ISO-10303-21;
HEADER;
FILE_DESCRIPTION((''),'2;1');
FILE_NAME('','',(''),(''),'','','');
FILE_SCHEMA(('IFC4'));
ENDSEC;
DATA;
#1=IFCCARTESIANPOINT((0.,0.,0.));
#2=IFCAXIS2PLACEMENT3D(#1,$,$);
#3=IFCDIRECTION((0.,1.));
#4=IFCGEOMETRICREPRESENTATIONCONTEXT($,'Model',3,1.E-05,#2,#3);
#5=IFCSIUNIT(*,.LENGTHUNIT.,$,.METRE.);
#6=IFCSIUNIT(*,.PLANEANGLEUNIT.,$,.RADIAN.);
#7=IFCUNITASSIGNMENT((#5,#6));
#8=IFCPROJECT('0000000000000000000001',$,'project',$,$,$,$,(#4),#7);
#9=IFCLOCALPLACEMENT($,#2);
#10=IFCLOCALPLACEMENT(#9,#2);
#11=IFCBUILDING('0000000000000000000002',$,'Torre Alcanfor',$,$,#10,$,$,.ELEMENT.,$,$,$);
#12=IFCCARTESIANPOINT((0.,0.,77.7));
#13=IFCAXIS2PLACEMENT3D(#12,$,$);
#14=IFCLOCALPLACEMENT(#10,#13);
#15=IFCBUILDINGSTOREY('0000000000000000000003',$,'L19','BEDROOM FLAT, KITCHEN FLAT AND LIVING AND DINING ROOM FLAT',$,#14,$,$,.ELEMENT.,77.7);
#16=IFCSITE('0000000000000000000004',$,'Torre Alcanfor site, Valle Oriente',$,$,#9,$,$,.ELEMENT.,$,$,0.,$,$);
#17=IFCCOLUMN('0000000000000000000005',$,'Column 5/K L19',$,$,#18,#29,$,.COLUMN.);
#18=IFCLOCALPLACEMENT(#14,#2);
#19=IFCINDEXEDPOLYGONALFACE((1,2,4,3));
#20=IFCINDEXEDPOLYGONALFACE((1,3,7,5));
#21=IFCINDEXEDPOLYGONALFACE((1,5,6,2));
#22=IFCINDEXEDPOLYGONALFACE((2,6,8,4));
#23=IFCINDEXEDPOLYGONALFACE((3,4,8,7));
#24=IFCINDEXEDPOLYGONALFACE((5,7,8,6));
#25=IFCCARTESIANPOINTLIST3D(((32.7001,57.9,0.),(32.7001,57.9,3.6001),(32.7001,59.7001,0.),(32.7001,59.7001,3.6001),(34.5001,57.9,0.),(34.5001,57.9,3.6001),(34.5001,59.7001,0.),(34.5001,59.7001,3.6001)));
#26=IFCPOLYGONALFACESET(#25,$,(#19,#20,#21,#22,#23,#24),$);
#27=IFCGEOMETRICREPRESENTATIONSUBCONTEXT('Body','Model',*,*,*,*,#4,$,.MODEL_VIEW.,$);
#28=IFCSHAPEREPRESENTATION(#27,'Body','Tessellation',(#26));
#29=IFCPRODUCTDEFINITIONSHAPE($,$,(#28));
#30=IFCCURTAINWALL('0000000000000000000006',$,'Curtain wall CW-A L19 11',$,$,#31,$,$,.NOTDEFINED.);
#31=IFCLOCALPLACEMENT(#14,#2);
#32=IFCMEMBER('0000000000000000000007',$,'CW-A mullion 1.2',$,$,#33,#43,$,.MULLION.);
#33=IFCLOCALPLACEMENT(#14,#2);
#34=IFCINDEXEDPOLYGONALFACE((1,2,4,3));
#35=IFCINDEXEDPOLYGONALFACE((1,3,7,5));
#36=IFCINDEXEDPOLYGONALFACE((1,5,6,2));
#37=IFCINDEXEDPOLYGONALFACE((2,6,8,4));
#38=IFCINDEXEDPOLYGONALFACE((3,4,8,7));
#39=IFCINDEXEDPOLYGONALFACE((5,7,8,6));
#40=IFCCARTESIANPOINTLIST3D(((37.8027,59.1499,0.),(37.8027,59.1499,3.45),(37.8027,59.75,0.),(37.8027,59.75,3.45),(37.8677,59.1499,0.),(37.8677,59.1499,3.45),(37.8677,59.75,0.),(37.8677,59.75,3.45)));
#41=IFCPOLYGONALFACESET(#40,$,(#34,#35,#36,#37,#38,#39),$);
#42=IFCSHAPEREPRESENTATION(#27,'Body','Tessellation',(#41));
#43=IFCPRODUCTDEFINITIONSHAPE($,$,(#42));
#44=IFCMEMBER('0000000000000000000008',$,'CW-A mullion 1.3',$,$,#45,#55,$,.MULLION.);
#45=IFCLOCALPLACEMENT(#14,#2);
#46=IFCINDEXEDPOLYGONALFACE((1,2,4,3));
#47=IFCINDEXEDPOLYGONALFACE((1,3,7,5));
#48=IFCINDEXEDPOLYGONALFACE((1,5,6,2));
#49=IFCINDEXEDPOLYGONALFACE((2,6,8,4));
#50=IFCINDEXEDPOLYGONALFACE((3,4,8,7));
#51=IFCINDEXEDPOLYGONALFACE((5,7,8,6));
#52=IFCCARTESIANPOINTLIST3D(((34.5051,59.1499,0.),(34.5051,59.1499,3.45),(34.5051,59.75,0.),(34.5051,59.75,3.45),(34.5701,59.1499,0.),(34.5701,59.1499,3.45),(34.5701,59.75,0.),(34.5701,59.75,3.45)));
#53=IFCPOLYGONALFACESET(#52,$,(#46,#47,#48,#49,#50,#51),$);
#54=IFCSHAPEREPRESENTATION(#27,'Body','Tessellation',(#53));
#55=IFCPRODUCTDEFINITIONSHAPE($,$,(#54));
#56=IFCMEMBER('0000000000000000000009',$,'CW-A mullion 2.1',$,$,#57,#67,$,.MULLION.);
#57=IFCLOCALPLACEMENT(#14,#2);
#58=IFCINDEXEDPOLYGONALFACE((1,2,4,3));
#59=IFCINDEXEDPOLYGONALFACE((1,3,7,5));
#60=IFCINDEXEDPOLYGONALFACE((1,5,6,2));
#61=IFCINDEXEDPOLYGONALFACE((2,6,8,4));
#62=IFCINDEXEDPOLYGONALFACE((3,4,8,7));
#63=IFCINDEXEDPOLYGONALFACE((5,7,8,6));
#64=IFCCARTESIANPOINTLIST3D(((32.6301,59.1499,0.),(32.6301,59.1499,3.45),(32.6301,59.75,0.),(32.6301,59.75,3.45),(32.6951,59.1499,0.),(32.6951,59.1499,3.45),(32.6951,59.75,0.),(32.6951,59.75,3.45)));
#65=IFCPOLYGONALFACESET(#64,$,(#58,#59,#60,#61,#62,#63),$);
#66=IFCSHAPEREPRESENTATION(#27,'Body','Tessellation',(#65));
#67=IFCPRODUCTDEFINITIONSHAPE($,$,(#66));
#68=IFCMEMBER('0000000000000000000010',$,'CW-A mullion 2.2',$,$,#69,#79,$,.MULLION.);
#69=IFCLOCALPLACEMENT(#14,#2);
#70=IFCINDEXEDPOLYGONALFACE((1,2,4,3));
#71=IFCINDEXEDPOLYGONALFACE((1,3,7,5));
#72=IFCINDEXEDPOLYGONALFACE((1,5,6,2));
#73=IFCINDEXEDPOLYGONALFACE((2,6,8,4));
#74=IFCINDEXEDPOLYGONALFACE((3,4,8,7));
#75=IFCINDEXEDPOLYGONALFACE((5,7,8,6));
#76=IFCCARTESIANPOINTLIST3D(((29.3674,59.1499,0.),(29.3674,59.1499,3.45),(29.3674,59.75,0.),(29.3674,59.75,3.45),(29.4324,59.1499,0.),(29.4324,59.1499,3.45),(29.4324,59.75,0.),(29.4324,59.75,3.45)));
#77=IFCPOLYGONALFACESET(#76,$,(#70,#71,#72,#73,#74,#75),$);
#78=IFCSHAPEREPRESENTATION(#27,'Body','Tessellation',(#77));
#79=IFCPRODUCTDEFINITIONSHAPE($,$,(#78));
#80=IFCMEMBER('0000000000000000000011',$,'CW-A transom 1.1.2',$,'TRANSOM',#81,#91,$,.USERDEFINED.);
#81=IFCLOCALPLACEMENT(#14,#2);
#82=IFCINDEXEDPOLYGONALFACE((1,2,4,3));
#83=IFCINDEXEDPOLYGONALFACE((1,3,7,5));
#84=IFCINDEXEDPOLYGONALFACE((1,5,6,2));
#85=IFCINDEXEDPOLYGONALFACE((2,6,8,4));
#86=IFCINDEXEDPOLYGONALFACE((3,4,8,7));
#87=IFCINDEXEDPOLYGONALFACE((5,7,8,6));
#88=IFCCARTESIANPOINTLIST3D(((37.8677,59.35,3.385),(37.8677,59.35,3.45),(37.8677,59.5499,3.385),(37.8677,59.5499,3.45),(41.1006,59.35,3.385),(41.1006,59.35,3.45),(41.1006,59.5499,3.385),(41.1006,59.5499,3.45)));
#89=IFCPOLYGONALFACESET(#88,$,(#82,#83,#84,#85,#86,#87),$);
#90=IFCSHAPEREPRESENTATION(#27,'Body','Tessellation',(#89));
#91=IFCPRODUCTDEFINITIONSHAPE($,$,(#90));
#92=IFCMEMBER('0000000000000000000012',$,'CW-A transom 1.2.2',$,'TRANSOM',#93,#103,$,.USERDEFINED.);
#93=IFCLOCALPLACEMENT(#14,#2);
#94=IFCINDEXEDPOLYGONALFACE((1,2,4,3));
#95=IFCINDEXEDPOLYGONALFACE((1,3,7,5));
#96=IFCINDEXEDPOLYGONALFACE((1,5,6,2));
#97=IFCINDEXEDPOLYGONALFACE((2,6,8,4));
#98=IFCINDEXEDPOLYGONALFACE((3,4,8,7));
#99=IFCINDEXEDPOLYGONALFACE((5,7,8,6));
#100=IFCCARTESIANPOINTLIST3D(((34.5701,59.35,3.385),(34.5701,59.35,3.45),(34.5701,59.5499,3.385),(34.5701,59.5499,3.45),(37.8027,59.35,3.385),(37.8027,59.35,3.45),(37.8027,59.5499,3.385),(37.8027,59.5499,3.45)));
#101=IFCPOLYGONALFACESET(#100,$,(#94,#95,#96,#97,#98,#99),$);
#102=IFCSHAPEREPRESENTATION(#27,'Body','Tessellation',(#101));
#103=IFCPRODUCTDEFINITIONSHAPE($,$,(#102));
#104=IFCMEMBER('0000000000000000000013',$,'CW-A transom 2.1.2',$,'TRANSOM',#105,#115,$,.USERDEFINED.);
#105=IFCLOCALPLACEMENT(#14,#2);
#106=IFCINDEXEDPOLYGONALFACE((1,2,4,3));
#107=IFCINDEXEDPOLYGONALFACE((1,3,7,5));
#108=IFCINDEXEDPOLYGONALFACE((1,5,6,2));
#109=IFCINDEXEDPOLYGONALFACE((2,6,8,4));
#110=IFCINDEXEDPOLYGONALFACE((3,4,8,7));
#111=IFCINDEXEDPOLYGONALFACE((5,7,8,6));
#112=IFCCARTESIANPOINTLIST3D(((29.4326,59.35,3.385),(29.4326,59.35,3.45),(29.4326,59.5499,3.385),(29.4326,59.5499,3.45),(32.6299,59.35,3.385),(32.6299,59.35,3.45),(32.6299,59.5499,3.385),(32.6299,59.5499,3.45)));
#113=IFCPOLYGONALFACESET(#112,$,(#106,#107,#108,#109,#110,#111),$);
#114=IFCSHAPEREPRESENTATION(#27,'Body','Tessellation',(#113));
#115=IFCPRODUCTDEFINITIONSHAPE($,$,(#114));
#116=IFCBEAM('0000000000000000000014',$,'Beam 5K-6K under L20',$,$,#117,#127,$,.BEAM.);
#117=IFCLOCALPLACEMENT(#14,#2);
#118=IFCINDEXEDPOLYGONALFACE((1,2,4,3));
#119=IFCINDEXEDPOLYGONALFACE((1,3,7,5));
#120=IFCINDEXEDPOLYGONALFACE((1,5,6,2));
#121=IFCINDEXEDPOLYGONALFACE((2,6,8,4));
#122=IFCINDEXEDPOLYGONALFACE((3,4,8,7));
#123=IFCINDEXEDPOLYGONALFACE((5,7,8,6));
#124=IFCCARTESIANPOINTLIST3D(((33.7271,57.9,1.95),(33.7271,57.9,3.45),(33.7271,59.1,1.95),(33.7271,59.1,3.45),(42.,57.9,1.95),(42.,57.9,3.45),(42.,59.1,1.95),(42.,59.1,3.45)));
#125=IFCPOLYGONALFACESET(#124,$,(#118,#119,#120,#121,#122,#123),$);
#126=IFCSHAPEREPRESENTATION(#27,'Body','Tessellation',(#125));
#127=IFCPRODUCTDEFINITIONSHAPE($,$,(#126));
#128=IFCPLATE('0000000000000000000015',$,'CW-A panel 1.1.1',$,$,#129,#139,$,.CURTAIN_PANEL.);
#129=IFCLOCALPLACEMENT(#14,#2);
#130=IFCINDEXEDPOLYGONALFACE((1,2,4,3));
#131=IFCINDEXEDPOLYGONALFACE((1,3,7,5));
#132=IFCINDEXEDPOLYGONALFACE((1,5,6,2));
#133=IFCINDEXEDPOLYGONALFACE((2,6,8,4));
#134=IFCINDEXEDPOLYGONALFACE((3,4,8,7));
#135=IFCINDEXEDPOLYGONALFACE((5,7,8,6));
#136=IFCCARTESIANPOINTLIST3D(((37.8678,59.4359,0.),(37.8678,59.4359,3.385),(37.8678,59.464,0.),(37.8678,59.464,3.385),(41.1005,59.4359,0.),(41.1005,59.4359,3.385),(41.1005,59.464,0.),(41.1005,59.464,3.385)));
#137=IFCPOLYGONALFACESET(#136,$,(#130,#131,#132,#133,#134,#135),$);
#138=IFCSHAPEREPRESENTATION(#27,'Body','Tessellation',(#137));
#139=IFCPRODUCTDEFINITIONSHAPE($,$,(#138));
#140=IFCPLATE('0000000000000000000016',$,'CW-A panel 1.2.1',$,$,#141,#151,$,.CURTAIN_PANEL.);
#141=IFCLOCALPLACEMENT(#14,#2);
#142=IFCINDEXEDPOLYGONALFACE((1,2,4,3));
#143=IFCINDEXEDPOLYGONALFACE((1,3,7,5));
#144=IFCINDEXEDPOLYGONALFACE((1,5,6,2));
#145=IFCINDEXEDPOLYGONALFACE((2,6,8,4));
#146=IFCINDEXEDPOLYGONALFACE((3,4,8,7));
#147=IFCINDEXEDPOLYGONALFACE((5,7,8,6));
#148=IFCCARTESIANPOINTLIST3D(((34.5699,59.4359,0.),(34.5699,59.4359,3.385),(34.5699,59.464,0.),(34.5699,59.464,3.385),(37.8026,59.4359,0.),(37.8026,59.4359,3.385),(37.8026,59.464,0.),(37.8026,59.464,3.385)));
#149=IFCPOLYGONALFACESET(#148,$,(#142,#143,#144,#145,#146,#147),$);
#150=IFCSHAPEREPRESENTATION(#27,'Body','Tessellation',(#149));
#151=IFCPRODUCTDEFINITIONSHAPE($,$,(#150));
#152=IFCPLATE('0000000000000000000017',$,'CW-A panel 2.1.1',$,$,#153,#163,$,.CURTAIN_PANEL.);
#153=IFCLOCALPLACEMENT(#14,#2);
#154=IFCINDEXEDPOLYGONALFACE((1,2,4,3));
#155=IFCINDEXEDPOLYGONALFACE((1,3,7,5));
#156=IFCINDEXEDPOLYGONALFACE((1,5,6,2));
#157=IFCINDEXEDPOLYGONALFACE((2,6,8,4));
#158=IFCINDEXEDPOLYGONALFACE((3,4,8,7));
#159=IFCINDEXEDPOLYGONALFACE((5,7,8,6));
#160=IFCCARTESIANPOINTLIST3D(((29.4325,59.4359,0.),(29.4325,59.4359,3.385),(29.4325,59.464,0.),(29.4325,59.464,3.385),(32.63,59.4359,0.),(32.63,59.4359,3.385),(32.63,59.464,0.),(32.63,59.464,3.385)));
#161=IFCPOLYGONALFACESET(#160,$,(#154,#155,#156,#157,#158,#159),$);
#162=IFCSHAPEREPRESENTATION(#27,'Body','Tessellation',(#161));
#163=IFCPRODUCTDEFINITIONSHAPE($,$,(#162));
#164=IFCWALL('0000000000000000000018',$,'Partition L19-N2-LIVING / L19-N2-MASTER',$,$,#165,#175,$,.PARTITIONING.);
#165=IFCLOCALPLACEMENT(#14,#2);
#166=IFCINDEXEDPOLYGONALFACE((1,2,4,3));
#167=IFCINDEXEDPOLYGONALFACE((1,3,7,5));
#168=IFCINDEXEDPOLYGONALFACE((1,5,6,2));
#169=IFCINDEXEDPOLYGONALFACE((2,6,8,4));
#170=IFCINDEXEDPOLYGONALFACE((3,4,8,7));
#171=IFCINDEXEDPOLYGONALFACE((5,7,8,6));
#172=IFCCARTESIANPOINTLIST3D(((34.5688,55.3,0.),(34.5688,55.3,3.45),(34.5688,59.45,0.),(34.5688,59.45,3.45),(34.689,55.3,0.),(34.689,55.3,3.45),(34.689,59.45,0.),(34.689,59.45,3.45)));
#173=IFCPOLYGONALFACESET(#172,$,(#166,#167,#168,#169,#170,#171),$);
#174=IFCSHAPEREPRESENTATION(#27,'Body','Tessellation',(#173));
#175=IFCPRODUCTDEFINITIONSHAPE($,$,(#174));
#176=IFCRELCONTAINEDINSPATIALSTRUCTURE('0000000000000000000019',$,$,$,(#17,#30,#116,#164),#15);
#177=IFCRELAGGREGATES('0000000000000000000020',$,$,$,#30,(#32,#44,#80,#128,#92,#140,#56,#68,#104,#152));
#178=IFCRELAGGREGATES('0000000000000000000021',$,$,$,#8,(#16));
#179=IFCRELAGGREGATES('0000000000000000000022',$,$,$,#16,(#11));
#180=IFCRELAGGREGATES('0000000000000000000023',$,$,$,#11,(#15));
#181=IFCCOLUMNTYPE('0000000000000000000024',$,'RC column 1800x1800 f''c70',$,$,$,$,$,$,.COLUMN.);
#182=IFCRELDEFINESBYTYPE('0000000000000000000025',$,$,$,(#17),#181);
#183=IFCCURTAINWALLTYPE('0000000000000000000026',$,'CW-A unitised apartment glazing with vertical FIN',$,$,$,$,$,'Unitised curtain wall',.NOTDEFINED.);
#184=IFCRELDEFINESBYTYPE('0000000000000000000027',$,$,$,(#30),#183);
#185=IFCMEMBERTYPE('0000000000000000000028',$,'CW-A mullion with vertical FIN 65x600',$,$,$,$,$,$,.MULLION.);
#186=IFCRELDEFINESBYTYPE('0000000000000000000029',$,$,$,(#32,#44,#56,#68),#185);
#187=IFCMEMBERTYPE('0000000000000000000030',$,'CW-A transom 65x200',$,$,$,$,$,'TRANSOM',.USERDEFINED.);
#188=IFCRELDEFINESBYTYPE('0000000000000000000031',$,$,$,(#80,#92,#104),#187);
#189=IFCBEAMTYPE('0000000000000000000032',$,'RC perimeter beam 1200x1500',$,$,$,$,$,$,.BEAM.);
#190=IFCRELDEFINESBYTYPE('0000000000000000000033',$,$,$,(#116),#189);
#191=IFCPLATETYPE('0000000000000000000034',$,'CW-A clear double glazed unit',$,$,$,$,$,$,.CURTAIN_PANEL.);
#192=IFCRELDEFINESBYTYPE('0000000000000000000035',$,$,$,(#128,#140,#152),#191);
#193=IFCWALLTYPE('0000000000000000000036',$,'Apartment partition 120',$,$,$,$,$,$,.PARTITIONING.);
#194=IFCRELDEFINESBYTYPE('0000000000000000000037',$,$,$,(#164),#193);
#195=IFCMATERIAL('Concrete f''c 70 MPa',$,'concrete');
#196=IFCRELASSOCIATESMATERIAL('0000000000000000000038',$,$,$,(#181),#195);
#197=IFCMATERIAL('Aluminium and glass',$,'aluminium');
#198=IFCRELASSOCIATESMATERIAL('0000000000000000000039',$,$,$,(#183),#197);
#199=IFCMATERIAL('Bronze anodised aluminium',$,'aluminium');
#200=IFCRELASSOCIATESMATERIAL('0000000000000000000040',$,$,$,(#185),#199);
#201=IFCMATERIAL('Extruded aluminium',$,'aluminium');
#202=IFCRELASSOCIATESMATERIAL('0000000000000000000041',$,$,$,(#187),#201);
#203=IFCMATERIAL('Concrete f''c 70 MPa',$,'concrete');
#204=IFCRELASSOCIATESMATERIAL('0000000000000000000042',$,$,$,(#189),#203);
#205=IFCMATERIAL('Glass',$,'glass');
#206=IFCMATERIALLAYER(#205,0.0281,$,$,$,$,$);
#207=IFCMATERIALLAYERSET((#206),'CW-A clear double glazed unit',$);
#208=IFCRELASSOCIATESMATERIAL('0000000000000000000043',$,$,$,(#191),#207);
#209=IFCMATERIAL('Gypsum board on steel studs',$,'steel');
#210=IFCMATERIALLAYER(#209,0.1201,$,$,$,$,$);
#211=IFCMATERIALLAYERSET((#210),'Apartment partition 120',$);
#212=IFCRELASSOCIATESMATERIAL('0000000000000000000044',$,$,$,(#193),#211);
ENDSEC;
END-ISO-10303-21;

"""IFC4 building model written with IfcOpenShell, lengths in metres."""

from ifc_helpers import new_model, si_unit, direction, frame, frame_2d, origin, origin_2d, place, context, subcontext, project, spatial, rectangle, extrude, material, layer, layer_set, material_profile, profile_set, type_object, element, aggregate, save


model = new_model("IFC4")

# Units and contexts
model_context = context("Model", 3, precision=1e-05, world=origin(), true_north=direction((0.0, 1.0)))
body_context = subcontext(model_context, "Body", "Model", "MODEL_VIEW")
ifc_project = project(units=[si_unit("LENGTHUNIT", "METRE"), si_unit("PLANEANGLEUNIT", "RADIAN")], contexts=[model_context])

# Site, building, storey
site_placement = place(None, origin())
site = spatial("IfcSite", under=ifc_project, at=site_placement, Name="Torre Alcanfor site, Valle Oriente", CompositionType="ELEMENT", RefElevation=0.0)
building_placement = place(site_placement, origin())
building = spatial("IfcBuilding", under=site, at=building_placement, Name="Torre Alcanfor", CompositionType="ELEMENT")
storey_placement = place(building_placement, frame((0.0, 0.0, 77.7)))
storey = spatial("IfcBuildingStorey", under=building, at=storey_placement, Name="L19", Description="BEDROOM FLAT, KITCHEN FLAT AND LIVING AND DINING ROOM FLAT", CompositionType="ELEMENT", Elevation=77.7)

# Column
ifc_material_1 = material(Name="Concrete f'c 70 MPa", Category="concrete")
ifc_material_profile_1 = material_profile(ifc_material_1, rectangle(XDim=1.8, YDim=1.8, at=origin_2d()), Name="1800x1800")
ifc_profile_set_1 = profile_set([ifc_material_profile_1], Name="Concrete f'c 70 MPa")
column_type = type_object("IfcColumnType", Name="RC column 1800x1800 f'c70", PredefinedType="COLUMN", material=ifc_profile_set_1)
column_placement = place(storey_placement, frame((33.6001, 58.8, 0.0), z_axis=(0.0, 0.0, 1.0), x_axis=(1.0, 0.0, 0.0)))
element("IfcColumn", 1, at=column_placement, inside=storey, type_object=column_type, Name="Column 5/K L19", PredefinedType="COLUMN", context=body_context, shape_type="SweptSolid", body=[
    extrude(rectangle(XDim=1.8, YDim=1.8, at=origin_2d()), origin(), (0.0, 0.0, 1.0), 3.6001),
])

# Curtain wall, members
ifc_material_2 = material(Name="Aluminium and glass", Category="aluminium")
curtain_wall_type = type_object("IfcCurtainWallType", Name="CW-A unitised apartment glazing with vertical FIN", ElementType="Unitised curtain wall", PredefinedType="NOTDEFINED", material=ifc_material_2)
curtain_wall_placement = place(storey_placement, origin())
curtain_wall = element("IfcCurtainWall", 2, at=curtain_wall_placement, inside=storey, type_object=curtain_wall_type, Name="Curtain wall CW-A L19 11", PredefinedType="NOTDEFINED")
ifc_material_3 = material(Name="Bronze anodised aluminium", Category="aluminium")
ifc_material_profile_2 = material_profile(ifc_material_3, rectangle(XDim=0.6001, YDim=0.0649, at=origin_2d()), Name="CW-A mullion 65x600")
ifc_profile_set_2 = profile_set([ifc_material_profile_2], Name="Bronze anodised aluminium")
member_type_1 = type_object("IfcMemberType", Name="CW-A mullion with vertical FIN 65x600", PredefinedType="MULLION", material=ifc_profile_set_2)
member_1_placement = place(storey_placement, frame((37.8352, 59.45, 0.0), z_axis=(0.0, 0.0, 1.0), x_axis=(0.0, -1.0, 0.0)))
member_1 = element("IfcMember", 3, at=member_1_placement, type_object=member_type_1, Name="CW-A mullion 1.2", PredefinedType="MULLION", context=body_context, shape_type="SweptSolid", body=[
    extrude(rectangle(XDim=0.6001, YDim=0.0649, at=origin_2d()), origin(), (0.0, 0.0, 1.0), 3.45),
])
member_2_placement = place(storey_placement, frame((34.5376, 59.45, 0.0), z_axis=(0.0, 0.0, 1.0), x_axis=(0.0, -1.0, 0.0)))
member_2 = element("IfcMember", 4, at=member_2_placement, type_object=member_type_1, Name="CW-A mullion 1.3", PredefinedType="MULLION", context=body_context, shape_type="SweptSolid", body=[
    extrude(rectangle(XDim=0.6001, YDim=0.0649, at=origin_2d()), origin(), (0.0, 0.0, 1.0), 3.45),
])
member_3_placement = place(storey_placement, frame((32.6626, 59.45, 0.0), z_axis=(0.0, 0.0, 1.0), x_axis=(0.0, -1.0, 0.0)))
member_3 = element("IfcMember", 5, at=member_3_placement, type_object=member_type_1, Name="CW-A mullion 2.1", PredefinedType="MULLION", context=body_context, shape_type="SweptSolid", body=[
    extrude(rectangle(XDim=0.6001, YDim=0.0649, at=origin_2d()), origin(), (0.0, 0.0, 1.0), 3.45),
])
member_4_placement = place(storey_placement, frame((29.3999, 59.45, 0.0), z_axis=(0.0, 0.0, 1.0), x_axis=(0.0, -1.0, 0.0)))
member_4 = element("IfcMember", 6, at=member_4_placement, type_object=member_type_1, Name="CW-A mullion 2.2", PredefinedType="MULLION", context=body_context, shape_type="SweptSolid", body=[
    extrude(rectangle(XDim=0.6001, YDim=0.0649, at=origin_2d()), origin(), (0.0, 0.0, 1.0), 3.45),
])
ifc_material_4 = material(Name="Extruded aluminium", Category="aluminium")
ifc_material_profile_3 = material_profile(ifc_material_4, rectangle(XDim=0.2, YDim=0.0649, at=origin_2d()), Name="CW-A transom 200x65")
ifc_profile_set_3 = profile_set([ifc_material_profile_3], Name="Extruded aluminium")
member_type_2 = type_object("IfcMemberType", Name="CW-A transom 65x200", ElementType="TRANSOM", PredefinedType="USERDEFINED", material=ifc_profile_set_3)
member_5_placement = place(storey_placement, frame((41.1006, 59.45, 3.4175), z_axis=(-1.0, 0.0, 0.0), x_axis=(0.0, -1.0, 0.0)))
member_5 = element("IfcMember", 7, at=member_5_placement, type_object=member_type_2, Name="CW-A transom 1.1.2", ObjectType="TRANSOM", PredefinedType="USERDEFINED", context=body_context, shape_type="SweptSolid", body=[
    extrude(rectangle(XDim=0.2, YDim=0.0649, at=origin_2d()), origin(), (0.0, 0.0, 1.0), 3.2329),
])
member_6_placement = place(storey_placement, frame((37.8027, 59.45, 3.4175), z_axis=(-1.0, 0.0, 0.0), x_axis=(0.0, -1.0, 0.0)))
member_6 = element("IfcMember", 8, at=member_6_placement, type_object=member_type_2, Name="CW-A transom 1.2.2", ObjectType="TRANSOM", PredefinedType="USERDEFINED", context=body_context, shape_type="SweptSolid", body=[
    extrude(rectangle(XDim=0.2, YDim=0.0649, at=origin_2d()), origin(), (0.0, 0.0, 1.0), 3.2327),
])
member_7_placement = place(storey_placement, frame((32.6299, 59.45, 3.4175), z_axis=(-1.0, 0.0, 0.0), x_axis=(0.0, -1.0, 0.0)))
member_7 = element("IfcMember", 9, at=member_7_placement, type_object=member_type_2, Name="CW-A transom 2.1.2", ObjectType="TRANSOM", PredefinedType="USERDEFINED", context=body_context, shape_type="SweptSolid", body=[
    extrude(rectangle(XDim=0.2, YDim=0.0649, at=origin_2d()), origin(), (0.0, 0.0, 1.0), 3.1973),
])

# Beam
ifc_material_5 = material(Name="Concrete f'c 70 MPa", Category="concrete")
ifc_material_profile_4 = material_profile(ifc_material_5, rectangle(XDim=1.2, YDim=1.5, at=origin_2d()), Name="1200x1500")
ifc_profile_set_4 = profile_set([ifc_material_profile_4], Name="Concrete f'c 70 MPa")
beam_type = type_object("IfcBeamType", Name="RC perimeter beam 1200x1500", PredefinedType="BEAM", material=ifc_profile_set_4)
beam_placement = place(storey_placement, frame((33.7271, 58.5, 2.7), z_axis=(1.0, 0.0, 0.0), x_axis=(0.0, 1.0, 0.0)))
element("IfcBeam", 10, at=beam_placement, inside=storey, type_object=beam_type, Name="Beam 5K-6K under L20", PredefinedType="BEAM", context=body_context, shape_type="SweptSolid", body=[
    extrude(rectangle(XDim=1.2, YDim=1.5, at=origin_2d()), origin(), (0.0, 0.0, 1.0), 8.2729),
])

# Plates
ifc_material_6 = material(Name="Glass", Category="glass")
ifc_layer_1 = layer(ifc_material_6, 0.0281)
ifc_layer_set_1 = layer_set([ifc_layer_1], Name="CW-A clear double glazed unit")
plate_type = type_object("IfcPlateType", Name="CW-A clear double glazed unit", PredefinedType="CURTAIN_PANEL", material=ifc_layer_set_1)
plate_1_placement = place(storey_placement, frame((39.4841, 59.45, 0.0), z_axis=(0.0, 0.0, 1.0), x_axis=(-1.0, 0.0, 0.0)))
plate_1 = element("IfcPlate", 11, at=plate_1_placement, type_object=plate_type, Name="CW-A panel 1.1.1", PredefinedType="CURTAIN_PANEL", context=body_context, shape_type="SweptSolid", body=[
    extrude(rectangle(XDim=3.2327, YDim=0.0281, at=origin_2d()), origin(), (0.0, 0.0, 1.0), 3.385),
])
plate_2_placement = place(storey_placement, frame((36.1863, 59.45, 0.0), z_axis=(0.0, 0.0, 1.0), x_axis=(-1.0, 0.0, 0.0)))
plate_2 = element("IfcPlate", 12, at=plate_2_placement, type_object=plate_type, Name="CW-A panel 1.2.1", PredefinedType="CURTAIN_PANEL", context=body_context, shape_type="SweptSolid", body=[
    extrude(rectangle(XDim=3.2327, YDim=0.0281, at=origin_2d()), origin(), (0.0, 0.0, 1.0), 3.385),
])
plate_3_placement = place(storey_placement, frame((31.0312, 59.45, 0.0), z_axis=(0.0, 0.0, 1.0), x_axis=(-1.0, 0.0, 0.0)))
plate_3 = element("IfcPlate", 13, at=plate_3_placement, type_object=plate_type, Name="CW-A panel 2.1.1", PredefinedType="CURTAIN_PANEL", context=body_context, shape_type="SweptSolid", body=[
    extrude(rectangle(XDim=3.1975, YDim=0.0281, at=origin_2d()), origin(), (0.0, 0.0, 1.0), 3.385),
])
aggregate(curtain_wall, [member_1, member_2, member_5, plate_1, member_6, plate_2, member_3, member_4, member_7, plate_3])

# Wall
ifc_material_7 = material(Name="Gypsum board on steel studs", Category="steel")
ifc_layer_2 = layer(ifc_material_7, 0.1201)
ifc_layer_set_2 = layer_set([ifc_layer_2], Name="Apartment partition 120")
wall_type_1 = type_object("IfcWallType", Name="Apartment partition 120", PredefinedType="PARTITIONING", material=ifc_layer_set_2)
wall_1_placement = place(storey_placement, frame((34.6289, 59.45, 0.0), z_axis=(0.0, 0.0, 1.0), x_axis=(0.0, -1.0, 0.0)))
element("IfcWall", 14, at=wall_1_placement, inside=storey, type_object=wall_type_1, Name="Partition L19-N2-LIVING / L19-N2-MASTER", PredefinedType="PARTITIONING", context=body_context, shape_type="SweptSolid", body=[
    extrude(rectangle(XDim=4.1499, YDim=0.1201, at=frame_2d((2.075, 0.0))), origin(), (0.0, 0.0, 1.0), 3.45),
])

save(model, "model.ifc")
